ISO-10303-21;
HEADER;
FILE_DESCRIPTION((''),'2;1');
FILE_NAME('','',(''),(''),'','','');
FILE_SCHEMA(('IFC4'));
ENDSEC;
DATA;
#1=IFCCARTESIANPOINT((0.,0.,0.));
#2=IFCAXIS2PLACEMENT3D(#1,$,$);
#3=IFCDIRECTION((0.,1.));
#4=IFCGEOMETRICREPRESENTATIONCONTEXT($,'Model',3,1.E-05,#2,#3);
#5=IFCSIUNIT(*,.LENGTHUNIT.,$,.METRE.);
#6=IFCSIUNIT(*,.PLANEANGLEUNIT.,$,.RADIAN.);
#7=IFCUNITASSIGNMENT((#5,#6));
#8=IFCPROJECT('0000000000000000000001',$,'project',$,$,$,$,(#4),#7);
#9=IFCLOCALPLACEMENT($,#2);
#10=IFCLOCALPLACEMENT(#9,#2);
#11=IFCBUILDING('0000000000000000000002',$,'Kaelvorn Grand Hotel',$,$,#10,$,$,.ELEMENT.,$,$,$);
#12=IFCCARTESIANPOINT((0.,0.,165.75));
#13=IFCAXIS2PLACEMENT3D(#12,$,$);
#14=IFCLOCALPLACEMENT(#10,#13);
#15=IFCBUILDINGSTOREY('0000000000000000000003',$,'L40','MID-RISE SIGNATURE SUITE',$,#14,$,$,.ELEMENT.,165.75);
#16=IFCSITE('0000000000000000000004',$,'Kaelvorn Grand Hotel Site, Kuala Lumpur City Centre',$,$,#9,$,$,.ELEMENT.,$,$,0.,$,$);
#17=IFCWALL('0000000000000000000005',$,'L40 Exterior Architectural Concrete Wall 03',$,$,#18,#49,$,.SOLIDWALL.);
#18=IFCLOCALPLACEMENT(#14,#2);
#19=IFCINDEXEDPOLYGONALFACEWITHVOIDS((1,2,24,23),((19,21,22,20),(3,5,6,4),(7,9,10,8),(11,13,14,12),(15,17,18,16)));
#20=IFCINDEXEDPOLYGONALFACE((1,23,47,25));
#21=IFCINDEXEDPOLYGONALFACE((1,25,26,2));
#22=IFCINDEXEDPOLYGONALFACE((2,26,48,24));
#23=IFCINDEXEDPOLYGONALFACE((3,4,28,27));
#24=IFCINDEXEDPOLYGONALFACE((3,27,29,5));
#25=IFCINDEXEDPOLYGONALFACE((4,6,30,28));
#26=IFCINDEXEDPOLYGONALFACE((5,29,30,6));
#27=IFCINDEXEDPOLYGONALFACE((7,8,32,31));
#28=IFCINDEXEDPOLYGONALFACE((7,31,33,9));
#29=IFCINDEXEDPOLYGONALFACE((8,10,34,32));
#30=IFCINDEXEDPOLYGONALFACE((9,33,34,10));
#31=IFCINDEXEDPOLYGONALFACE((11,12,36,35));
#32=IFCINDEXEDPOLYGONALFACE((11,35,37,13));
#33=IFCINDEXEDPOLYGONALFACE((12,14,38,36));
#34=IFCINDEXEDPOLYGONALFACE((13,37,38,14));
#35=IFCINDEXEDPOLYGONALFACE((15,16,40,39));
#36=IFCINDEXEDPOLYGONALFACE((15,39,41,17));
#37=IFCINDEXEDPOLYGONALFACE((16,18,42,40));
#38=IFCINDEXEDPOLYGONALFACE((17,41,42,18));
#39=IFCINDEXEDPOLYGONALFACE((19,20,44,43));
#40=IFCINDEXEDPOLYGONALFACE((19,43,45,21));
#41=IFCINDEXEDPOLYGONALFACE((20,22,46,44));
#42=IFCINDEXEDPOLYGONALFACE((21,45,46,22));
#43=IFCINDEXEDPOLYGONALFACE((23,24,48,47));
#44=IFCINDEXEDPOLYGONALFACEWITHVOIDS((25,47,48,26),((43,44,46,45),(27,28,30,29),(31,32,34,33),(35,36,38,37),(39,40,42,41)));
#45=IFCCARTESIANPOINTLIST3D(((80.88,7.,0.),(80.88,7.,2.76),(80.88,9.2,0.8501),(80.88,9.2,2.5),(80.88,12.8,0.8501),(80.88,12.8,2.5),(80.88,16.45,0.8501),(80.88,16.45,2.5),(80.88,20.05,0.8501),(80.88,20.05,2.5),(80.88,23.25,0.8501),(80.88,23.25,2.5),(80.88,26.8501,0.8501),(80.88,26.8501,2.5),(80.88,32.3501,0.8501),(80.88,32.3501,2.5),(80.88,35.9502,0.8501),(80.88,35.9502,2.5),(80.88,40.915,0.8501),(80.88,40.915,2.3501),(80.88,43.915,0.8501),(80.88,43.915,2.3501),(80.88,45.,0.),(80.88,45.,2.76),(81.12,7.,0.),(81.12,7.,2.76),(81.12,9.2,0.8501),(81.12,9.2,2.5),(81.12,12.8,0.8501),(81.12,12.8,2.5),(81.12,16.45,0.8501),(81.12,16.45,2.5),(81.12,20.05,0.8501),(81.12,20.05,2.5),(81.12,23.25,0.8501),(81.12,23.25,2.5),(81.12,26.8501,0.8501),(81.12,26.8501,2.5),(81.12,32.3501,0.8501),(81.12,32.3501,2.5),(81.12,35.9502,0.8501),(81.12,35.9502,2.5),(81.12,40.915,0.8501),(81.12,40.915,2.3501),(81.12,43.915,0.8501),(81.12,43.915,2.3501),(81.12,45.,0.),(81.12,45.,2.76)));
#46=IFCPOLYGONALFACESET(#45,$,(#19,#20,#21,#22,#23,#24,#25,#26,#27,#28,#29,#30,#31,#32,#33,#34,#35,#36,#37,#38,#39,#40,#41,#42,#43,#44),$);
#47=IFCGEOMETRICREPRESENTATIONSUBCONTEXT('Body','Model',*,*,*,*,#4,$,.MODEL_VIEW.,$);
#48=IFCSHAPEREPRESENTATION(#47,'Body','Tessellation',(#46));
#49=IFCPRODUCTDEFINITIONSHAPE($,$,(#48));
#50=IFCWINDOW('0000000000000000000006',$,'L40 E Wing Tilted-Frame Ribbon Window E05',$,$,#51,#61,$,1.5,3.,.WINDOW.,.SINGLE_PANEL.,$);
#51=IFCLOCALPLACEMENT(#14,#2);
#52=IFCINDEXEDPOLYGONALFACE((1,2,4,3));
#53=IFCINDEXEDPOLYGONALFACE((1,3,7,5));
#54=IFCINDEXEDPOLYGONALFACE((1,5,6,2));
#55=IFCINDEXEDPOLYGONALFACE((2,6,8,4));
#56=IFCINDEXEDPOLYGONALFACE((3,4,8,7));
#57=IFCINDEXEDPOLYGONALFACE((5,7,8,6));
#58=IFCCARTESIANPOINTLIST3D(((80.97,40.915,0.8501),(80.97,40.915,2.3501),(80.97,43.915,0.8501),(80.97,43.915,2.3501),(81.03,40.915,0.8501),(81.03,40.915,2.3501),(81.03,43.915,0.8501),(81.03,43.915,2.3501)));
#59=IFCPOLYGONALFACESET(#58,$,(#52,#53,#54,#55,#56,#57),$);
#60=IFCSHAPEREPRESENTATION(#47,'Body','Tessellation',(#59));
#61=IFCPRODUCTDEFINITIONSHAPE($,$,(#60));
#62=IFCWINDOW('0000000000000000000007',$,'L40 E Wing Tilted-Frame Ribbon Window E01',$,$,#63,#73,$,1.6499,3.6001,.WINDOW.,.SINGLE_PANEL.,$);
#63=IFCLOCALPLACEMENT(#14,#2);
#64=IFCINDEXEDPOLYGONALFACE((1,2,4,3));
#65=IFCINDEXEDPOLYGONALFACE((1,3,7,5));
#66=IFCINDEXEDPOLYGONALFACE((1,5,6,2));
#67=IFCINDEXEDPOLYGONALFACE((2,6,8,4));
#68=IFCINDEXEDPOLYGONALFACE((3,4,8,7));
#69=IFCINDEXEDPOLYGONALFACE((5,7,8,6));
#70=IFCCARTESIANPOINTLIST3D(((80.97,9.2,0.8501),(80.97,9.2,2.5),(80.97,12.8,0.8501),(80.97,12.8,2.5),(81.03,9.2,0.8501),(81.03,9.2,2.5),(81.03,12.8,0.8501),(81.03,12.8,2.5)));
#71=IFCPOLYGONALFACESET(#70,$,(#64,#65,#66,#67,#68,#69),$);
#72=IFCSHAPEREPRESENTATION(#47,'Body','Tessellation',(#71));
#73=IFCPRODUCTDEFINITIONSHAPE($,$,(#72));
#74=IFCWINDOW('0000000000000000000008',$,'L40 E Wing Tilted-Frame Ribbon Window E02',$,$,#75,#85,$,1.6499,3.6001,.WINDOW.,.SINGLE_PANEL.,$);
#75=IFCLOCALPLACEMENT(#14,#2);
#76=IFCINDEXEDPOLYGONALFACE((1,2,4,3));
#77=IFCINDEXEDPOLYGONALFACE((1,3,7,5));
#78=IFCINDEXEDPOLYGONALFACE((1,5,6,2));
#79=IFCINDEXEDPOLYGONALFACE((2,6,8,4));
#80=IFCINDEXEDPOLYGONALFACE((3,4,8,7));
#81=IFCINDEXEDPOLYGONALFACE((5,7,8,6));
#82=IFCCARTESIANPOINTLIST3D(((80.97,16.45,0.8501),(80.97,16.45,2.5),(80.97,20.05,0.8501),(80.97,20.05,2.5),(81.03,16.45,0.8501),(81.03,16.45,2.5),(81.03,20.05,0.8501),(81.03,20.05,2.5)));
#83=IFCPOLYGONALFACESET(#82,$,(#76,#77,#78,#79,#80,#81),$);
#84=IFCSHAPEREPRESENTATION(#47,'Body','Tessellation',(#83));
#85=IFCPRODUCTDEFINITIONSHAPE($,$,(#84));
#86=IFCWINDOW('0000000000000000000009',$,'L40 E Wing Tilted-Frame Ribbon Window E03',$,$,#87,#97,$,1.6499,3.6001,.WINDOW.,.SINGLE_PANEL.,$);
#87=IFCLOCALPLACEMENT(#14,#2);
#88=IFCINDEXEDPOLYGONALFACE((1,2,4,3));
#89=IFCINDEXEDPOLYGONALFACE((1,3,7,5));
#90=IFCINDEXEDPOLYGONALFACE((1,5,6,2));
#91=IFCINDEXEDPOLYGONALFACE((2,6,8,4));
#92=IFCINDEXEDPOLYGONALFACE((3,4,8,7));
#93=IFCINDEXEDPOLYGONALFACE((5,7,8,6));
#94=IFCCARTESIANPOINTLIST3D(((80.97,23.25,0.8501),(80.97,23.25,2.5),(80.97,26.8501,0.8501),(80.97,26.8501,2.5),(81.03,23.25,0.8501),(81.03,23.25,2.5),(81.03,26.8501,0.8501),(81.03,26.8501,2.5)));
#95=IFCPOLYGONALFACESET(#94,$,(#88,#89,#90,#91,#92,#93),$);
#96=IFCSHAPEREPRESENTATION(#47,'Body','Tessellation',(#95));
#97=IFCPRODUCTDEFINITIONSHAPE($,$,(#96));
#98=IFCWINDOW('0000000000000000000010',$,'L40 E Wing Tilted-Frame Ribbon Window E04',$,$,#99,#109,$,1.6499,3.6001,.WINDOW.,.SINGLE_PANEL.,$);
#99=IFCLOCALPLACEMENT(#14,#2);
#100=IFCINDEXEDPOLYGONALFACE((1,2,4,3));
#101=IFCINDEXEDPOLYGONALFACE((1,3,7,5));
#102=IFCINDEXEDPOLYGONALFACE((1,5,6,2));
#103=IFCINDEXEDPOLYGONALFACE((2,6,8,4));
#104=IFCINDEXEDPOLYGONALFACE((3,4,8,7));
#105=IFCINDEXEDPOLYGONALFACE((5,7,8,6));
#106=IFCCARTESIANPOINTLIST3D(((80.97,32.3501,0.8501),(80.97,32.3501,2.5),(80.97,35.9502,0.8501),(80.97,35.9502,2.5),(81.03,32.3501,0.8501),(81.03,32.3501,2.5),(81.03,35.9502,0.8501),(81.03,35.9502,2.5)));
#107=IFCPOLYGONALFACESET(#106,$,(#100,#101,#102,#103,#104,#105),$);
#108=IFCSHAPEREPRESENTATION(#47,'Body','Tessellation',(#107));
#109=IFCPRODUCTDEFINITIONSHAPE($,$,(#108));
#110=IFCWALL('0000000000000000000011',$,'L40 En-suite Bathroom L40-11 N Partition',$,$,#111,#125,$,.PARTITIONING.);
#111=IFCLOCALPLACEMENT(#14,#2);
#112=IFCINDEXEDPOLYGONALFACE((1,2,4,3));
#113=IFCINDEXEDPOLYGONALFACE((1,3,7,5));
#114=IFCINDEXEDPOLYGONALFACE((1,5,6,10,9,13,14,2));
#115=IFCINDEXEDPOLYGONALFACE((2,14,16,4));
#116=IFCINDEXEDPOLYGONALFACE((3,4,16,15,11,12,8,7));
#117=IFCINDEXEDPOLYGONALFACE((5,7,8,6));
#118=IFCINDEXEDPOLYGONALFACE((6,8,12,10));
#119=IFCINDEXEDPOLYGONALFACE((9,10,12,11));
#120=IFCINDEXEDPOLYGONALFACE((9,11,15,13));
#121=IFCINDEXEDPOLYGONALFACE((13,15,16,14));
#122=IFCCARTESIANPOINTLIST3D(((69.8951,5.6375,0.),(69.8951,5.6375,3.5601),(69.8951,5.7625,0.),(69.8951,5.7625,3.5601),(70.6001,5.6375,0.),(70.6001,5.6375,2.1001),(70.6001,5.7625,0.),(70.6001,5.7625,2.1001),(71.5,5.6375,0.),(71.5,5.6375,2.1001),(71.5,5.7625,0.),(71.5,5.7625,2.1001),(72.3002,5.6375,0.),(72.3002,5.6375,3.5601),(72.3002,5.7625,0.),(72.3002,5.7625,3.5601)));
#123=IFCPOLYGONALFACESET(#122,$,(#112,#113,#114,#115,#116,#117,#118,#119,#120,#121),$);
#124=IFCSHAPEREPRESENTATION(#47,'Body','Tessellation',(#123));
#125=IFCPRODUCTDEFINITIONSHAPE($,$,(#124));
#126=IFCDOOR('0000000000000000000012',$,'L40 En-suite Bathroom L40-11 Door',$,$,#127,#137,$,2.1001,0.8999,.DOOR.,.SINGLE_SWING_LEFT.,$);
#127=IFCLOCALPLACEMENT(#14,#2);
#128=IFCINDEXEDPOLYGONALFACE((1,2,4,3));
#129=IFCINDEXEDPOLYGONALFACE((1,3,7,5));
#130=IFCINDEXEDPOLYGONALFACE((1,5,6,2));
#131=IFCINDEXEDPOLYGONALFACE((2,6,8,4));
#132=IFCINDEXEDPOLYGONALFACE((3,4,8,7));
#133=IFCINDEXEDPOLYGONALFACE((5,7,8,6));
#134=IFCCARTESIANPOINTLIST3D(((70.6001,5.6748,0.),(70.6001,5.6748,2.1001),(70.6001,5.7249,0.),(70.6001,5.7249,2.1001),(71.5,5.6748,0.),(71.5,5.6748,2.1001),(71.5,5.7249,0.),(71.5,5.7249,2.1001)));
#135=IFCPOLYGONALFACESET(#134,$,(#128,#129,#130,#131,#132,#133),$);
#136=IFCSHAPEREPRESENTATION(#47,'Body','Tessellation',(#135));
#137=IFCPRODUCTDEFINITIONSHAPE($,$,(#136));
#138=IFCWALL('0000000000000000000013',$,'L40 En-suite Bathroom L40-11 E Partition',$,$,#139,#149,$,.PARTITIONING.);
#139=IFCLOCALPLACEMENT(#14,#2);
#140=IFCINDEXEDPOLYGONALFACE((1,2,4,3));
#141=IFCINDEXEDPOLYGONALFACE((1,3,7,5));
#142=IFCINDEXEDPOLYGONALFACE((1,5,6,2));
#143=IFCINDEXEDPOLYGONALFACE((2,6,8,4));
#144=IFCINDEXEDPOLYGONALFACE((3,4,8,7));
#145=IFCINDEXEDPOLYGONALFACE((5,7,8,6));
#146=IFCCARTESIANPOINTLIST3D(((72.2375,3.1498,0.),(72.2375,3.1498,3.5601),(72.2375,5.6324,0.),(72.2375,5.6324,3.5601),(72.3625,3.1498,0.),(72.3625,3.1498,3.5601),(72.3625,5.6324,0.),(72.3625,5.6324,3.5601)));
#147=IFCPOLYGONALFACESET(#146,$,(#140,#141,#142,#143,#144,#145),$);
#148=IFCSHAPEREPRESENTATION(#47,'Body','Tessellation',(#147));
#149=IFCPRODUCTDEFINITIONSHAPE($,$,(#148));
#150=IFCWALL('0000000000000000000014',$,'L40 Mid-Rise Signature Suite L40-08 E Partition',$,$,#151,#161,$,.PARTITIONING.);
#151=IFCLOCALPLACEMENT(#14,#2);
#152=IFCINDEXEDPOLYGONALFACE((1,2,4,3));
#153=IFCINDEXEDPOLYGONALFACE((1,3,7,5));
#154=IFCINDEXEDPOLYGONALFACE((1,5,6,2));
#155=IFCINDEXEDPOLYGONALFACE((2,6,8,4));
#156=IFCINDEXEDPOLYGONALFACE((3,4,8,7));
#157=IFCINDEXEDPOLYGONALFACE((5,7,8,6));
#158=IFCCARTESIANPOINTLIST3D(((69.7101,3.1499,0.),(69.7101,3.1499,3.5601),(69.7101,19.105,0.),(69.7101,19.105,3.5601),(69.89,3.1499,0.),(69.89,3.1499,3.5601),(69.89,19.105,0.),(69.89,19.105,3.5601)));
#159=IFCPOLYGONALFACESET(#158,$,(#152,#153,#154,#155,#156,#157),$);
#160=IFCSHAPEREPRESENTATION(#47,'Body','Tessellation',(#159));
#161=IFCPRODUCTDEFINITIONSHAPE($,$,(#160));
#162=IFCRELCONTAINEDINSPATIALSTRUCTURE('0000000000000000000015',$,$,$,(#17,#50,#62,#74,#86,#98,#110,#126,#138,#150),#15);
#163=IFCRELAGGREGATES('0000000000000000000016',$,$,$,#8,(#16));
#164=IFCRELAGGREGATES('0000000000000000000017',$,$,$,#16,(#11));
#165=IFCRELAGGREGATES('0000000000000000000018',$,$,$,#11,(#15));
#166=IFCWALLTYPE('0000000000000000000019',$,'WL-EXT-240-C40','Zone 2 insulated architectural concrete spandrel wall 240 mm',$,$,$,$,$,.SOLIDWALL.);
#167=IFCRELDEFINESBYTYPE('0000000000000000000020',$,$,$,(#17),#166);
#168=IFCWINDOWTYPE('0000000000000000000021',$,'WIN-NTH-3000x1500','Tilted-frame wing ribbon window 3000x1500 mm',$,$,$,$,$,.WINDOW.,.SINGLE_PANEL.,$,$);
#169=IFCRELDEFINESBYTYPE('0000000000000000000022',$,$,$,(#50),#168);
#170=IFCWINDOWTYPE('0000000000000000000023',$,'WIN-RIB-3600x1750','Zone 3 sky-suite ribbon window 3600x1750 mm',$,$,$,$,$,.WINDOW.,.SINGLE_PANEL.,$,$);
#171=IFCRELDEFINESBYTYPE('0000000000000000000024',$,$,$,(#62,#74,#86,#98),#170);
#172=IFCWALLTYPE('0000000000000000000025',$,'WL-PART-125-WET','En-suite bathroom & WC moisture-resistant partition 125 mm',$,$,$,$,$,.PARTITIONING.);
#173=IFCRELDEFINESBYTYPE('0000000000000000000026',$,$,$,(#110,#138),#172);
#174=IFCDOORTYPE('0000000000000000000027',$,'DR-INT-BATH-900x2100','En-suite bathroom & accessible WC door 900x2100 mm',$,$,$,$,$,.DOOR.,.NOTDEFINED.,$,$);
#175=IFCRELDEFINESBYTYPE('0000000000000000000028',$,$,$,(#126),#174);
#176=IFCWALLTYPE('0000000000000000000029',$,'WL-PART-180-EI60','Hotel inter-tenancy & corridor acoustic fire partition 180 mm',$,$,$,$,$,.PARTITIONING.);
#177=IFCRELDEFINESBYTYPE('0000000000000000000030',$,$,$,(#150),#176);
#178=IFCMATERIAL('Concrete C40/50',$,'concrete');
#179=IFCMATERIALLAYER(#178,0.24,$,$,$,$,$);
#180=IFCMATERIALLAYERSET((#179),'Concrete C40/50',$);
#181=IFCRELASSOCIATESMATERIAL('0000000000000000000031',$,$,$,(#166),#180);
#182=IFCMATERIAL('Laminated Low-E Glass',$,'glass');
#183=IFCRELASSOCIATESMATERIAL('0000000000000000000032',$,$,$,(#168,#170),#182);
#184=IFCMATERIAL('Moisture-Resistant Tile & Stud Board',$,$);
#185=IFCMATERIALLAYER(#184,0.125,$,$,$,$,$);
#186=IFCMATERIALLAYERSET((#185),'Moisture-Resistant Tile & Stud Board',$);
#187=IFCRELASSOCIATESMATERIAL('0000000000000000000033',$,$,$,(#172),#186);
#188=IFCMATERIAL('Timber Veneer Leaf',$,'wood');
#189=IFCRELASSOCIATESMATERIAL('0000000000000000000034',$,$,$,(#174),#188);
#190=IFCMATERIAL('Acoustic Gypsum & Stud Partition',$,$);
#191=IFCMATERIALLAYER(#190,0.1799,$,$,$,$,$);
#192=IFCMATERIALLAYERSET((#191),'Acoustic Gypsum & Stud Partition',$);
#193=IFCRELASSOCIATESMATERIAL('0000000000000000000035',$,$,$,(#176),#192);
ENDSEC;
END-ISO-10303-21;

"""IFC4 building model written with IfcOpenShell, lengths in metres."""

from ifc_helpers import new_model, si_unit, direction, frame, frame_2d, origin, place, context, subcontext, project, spatial, rectangle, extrude, material, layer, layer_set, type_object, element, fill, save


model = new_model("IFC4")

# Units and contexts
model_context = context("Model", 3, precision=1e-05, world=origin(), true_north=direction((0.0, 1.0)))
body_context = subcontext(model_context, "Body", "Model", "MODEL_VIEW")
ifc_project = project(units=[si_unit("LENGTHUNIT", "METRE"), si_unit("PLANEANGLEUNIT", "RADIAN")], contexts=[model_context])

# Site, building, storey
site_placement = place(None, origin())
site = spatial("IfcSite", under=ifc_project, at=site_placement, Name="Kaelvorn Grand Hotel Site, Kuala Lumpur City Centre", CompositionType="ELEMENT", RefElevation=0.0)
building_placement = place(site_placement, origin())
building = spatial("IfcBuilding", under=site, at=building_placement, Name="Kaelvorn Grand Hotel", CompositionType="ELEMENT")
storey_placement = place(building_placement, frame((0.0, 0.0, 165.75)))
storey = spatial("IfcBuildingStorey", under=building, at=storey_placement, Name="L40", Description="MID-RISE SIGNATURE SUITE", CompositionType="ELEMENT", Elevation=165.75)

# Shared definitions
ifc_material_1 = material(Name="Concrete C40/50", Category="concrete")

# Shared definitions
ifc_layer_1 = layer(ifc_material_1, 0.24)
ifc_layer_set_1 = layer_set([ifc_layer_1], Name="Concrete C40/50")
wall_type_1 = type_object("IfcWallType", Name="WL-EXT-240-C40", Description="Zone 2 insulated architectural concrete spandrel wall 240 mm", PredefinedType="SOLIDWALL", material=ifc_layer_set_1)
ifc_material_2 = material(Name="Laminated Low-E Glass", Category="glass")

# Wall, openings, windows
wall_1_placement = place(storey_placement, frame((81.0, 7.0, 0.0), z_axis=(0.0, 0.0, 1.0), x_axis=(0.0, 1.0, 0.0)))
wall_1 = element("IfcWall", 1, at=wall_1_placement, inside=storey, type_object=wall_type_1, Name="L40 Exterior Architectural Concrete Wall 03", PredefinedType="SOLIDWALL", context=body_context, shape_type="SweptSolid", body=[
    extrude(rectangle(XDim=38.0, YDim=0.24, at=frame_2d((19.0, 0.0))), origin(), (0.0, 0.0, 1.0), 2.76),
])
opening_1_placement = place(wall_1_placement, frame((2.2, 0.0, 0.8501)))
opening_1 = element("IfcOpeningElement", 2, at=opening_1_placement, cuts=wall_1, PredefinedType="OPENING", context=body_context, shape_type="SweptSolid", body=[
    extrude(rectangle(XDim=3.6001, YDim=1.6499, at=frame_2d((1.8, 0.825))), frame((0.0, 0.1299, 0.0), z_axis=(0.0, -1.0, 0.0), x_axis=(1.0, 0.0, 0.0)), (0.0, 0.0, 1.0), 0.26),
])
opening_2_placement = place(wall_1_placement, frame((9.45, 0.0, 0.8501)))
opening_2 = element("IfcOpeningElement", 3, at=opening_2_placement, cuts=wall_1, PredefinedType="OPENING", context=body_context, shape_type="SweptSolid", body=[
    extrude(rectangle(XDim=3.6001, YDim=1.6499, at=frame_2d((1.8, 0.825))), frame((0.0, 0.1299, 0.0), z_axis=(0.0, -1.0, 0.0), x_axis=(1.0, 0.0, 0.0)), (0.0, 0.0, 1.0), 0.26),
])
opening_3_placement = place(wall_1_placement, frame((16.25, 0.0, 0.8501)))
opening_3 = element("IfcOpeningElement", 4, at=opening_3_placement, cuts=wall_1, PredefinedType="OPENING", context=body_context, shape_type="SweptSolid", body=[
    extrude(rectangle(XDim=3.6001, YDim=1.6499, at=frame_2d((1.8, 0.825))), frame((0.0, 0.1299, 0.0), z_axis=(0.0, -1.0, 0.0), x_axis=(1.0, 0.0, 0.0)), (0.0, 0.0, 1.0), 0.26),
])
opening_4_placement = place(wall_1_placement, frame((25.3501, 0.0, 0.8501)))
opening_4 = element("IfcOpeningElement", 5, at=opening_4_placement, cuts=wall_1, PredefinedType="OPENING", context=body_context, shape_type="SweptSolid", body=[
    extrude(rectangle(XDim=3.6001, YDim=1.6499, at=frame_2d((1.8, 0.825))), frame((0.0, 0.1299, 0.0), z_axis=(0.0, -1.0, 0.0), x_axis=(1.0, 0.0, 0.0)), (0.0, 0.0, 1.0), 0.26),
])
opening_5_placement = place(wall_1_placement, frame((33.915, 0.0, 0.8501)))
opening_5 = element("IfcOpeningElement", 6, at=opening_5_placement, cuts=wall_1, PredefinedType="OPENING", context=body_context, shape_type="SweptSolid", body=[
    extrude(rectangle(XDim=3.0, YDim=1.5, at=frame_2d((1.5, 0.75))), frame((0.0, 0.1299, 0.0), z_axis=(0.0, -1.0, 0.0), x_axis=(1.0, 0.0, 0.0)), (0.0, 0.0, 1.0), 0.26),
])
window_type_1 = type_object("IfcWindowType", Name="WIN-NTH-3000x1500", Description="Tilted-frame wing ribbon window 3000x1500 mm", PartitioningType="SINGLE_PANEL", PredefinedType="WINDOW", material=ifc_material_2)
window_1_placement = place(opening_5_placement, origin())
window_1 = element("IfcWindow", 7, at=window_1_placement, inside=storey, type_object=window_type_1, Name="L40 E Wing Tilted-Frame Ribbon Window E05", OverallHeight=1.5, OverallWidth=3.0, PartitioningType="SINGLE_PANEL", PredefinedType="WINDOW", context=body_context, shape_type="SweptSolid", body=[
    extrude(rectangle(XDim=3.0, YDim=1.5, at=frame_2d((1.5, 0.75))), frame((0.0, 0.03, 0.0), z_axis=(0.0, -1.0, 0.0), x_axis=(1.0, 0.0, 0.0)), (0.0, 0.0, 1.0), 0.0601),
])
fill(opening_5, window_1)
window_type_2 = type_object("IfcWindowType", Name="WIN-RIB-3600x1750", Description="Zone 3 sky-suite ribbon window 3600x1750 mm", PartitioningType="SINGLE_PANEL", PredefinedType="WINDOW", material=ifc_material_2)
window_2_placement = place(opening_1_placement, origin())
window_2 = element("IfcWindow", 8, at=window_2_placement, inside=storey, type_object=window_type_2, Name="L40 E Wing Tilted-Frame Ribbon Window E01", OverallHeight=1.6499, OverallWidth=3.6001, PartitioningType="SINGLE_PANEL", PredefinedType="WINDOW", context=body_context, shape_type="SweptSolid", body=[
    extrude(rectangle(XDim=3.6001, YDim=1.6499, at=frame_2d((1.8, 0.825))), frame((0.0, 0.03, 0.0), z_axis=(0.0, -1.0, 0.0), x_axis=(1.0, 0.0, 0.0)), (0.0, 0.0, 1.0), 0.0601),
])
fill(opening_1, window_2)
window_3_placement = place(opening_2_placement, origin())
window_3 = element("IfcWindow", 9, at=window_3_placement, inside=storey, type_object=window_type_2, Name="L40 E Wing Tilted-Frame Ribbon Window E02", OverallHeight=1.6499, OverallWidth=3.6001, PartitioningType="SINGLE_PANEL", PredefinedType="WINDOW", context=body_context, shape_type="SweptSolid", body=[
    extrude(rectangle(XDim=3.6001, YDim=1.6499, at=frame_2d((1.8, 0.825))), frame((0.0, 0.03, 0.0), z_axis=(0.0, -1.0, 0.0), x_axis=(1.0, 0.0, 0.0)), (0.0, 0.0, 1.0), 0.0601),
])
fill(opening_2, window_3)
window_4_placement = place(opening_3_placement, origin())
window_4 = element("IfcWindow", 10, at=window_4_placement, inside=storey, type_object=window_type_2, Name="L40 E Wing Tilted-Frame Ribbon Window E03", OverallHeight=1.6499, OverallWidth=3.6001, PartitioningType="SINGLE_PANEL", PredefinedType="WINDOW", context=body_context, shape_type="SweptSolid", body=[
    extrude(rectangle(XDim=3.6001, YDim=1.6499, at=frame_2d((1.8, 0.825))), frame((0.0, 0.03, 0.0), z_axis=(0.0, -1.0, 0.0), x_axis=(1.0, 0.0, 0.0)), (0.0, 0.0, 1.0), 0.0601),
])
fill(opening_3, window_4)
window_5_placement = place(opening_4_placement, origin())
window_5 = element("IfcWindow", 11, at=window_5_placement, inside=storey, type_object=window_type_2, Name="L40 E Wing Tilted-Frame Ribbon Window E04", OverallHeight=1.6499, OverallWidth=3.6001, PartitioningType="SINGLE_PANEL", PredefinedType="WINDOW", context=body_context, shape_type="SweptSolid", body=[
    extrude(rectangle(XDim=3.6001, YDim=1.6499, at=frame_2d((1.8, 0.825))), frame((0.0, 0.03, 0.0), z_axis=(0.0, -1.0, 0.0), x_axis=(1.0, 0.0, 0.0)), (0.0, 0.0, 1.0), 0.0601),
])
fill(opening_4, window_5)

# Wall, opening, door
ifc_material_3 = material(Name="Moisture-Resistant Tile & Stud Board")
ifc_layer_2 = layer(ifc_material_3, 0.125)
ifc_layer_set_2 = layer_set([ifc_layer_2], Name="Moisture-Resistant Tile & Stud Board")
wall_type_2 = type_object("IfcWallType", Name="WL-PART-125-WET", Description="En-suite bathroom & WC moisture-resistant partition 125 mm", PredefinedType="PARTITIONING", material=ifc_layer_set_2)
wall_2_placement = place(storey_placement, frame((69.895, 5.7, 0.0), z_axis=(0.0, 0.0, 1.0), x_axis=(1.0, 0.0, 0.0)))
wall_2 = element("IfcWall", 12, at=wall_2_placement, inside=storey, type_object=wall_type_2, Name="L40 En-suite Bathroom L40-11 N Partition", PredefinedType="PARTITIONING", context=body_context, shape_type="SweptSolid", body=[
    extrude(rectangle(XDim=2.405, YDim=0.125, at=frame_2d((1.2026, 0.0))), origin(), (0.0, 0.0, 1.0), 3.5601),
])
opening_6_placement = place(wall_2_placement, frame((0.7051, 0.0, 0.0)))
opening_6 = element("IfcOpeningElement", 13, at=opening_6_placement, cuts=wall_2, PredefinedType="OPENING", context=body_context, shape_type="SweptSolid", body=[
    extrude(rectangle(XDim=0.8999, YDim=2.1001, at=frame_2d((0.45, 1.05))), frame((0.0, 0.0725, 0.0), z_axis=(0.0, -1.0, 0.0), x_axis=(1.0, 0.0, 0.0)), (0.0, 0.0, 1.0), 0.145),
])
ifc_material_4 = material(Name="Timber Veneer Leaf", Category="wood")
door_type = type_object("IfcDoorType", Name="DR-INT-BATH-900x2100", Description="En-suite bathroom & accessible WC door 900x2100 mm", OperationType="NOTDEFINED", PredefinedType="DOOR", material=ifc_material_4)
door_placement = place(opening_6_placement, origin())
door = element("IfcDoor", 14, at=door_placement, inside=storey, type_object=door_type, Name="L40 En-suite Bathroom L40-11 Door", OperationType="SINGLE_SWING_LEFT", OverallHeight=2.1001, OverallWidth=0.8999, PredefinedType="DOOR", context=body_context, shape_type="SweptSolid", body=[
    extrude(rectangle(XDim=0.8999, YDim=2.1001, at=frame_2d((0.45, 1.05))), frame((0.0, 0.0249, 0.0), z_axis=(0.0, -1.0, 0.0), x_axis=(1.0, 0.0, 0.0)), (0.0, 0.0, 1.0), 0.05),
])
fill(opening_6, door)

# Walls
wall_3_placement = place(storey_placement, frame((72.3, 3.1499, 0.0), z_axis=(0.0, 0.0, 1.0), x_axis=(0.0, 1.0, 0.0)))
element("IfcWall", 15, at=wall_3_placement, inside=storey, type_object=wall_type_2, Name="L40 En-suite Bathroom L40-11 E Partition", PredefinedType="PARTITIONING", context=body_context, shape_type="SweptSolid", body=[
    extrude(rectangle(XDim=2.4827, YDim=0.125, at=frame_2d((1.2412, 0.0))), origin(), (0.0, 0.0, 1.0), 3.5601),
])
ifc_material_5 = material(Name="Acoustic Gypsum & Stud Partition")
ifc_layer_3 = layer(ifc_material_5, 0.1799)
ifc_layer_set_3 = layer_set([ifc_layer_3], Name="Acoustic Gypsum & Stud Partition")
wall_type_3 = type_object("IfcWallType", Name="WL-PART-180-EI60", Description="Hotel inter-tenancy & corridor acoustic fire partition 180 mm", PredefinedType="PARTITIONING", material=ifc_layer_set_3)
wall_4_placement = place(storey_placement, frame((69.8, 3.1499, 0.0), z_axis=(0.0, 0.0, 1.0), x_axis=(0.0, 1.0, 0.0)))
element("IfcWall", 16, at=wall_4_placement, inside=storey, type_object=wall_type_3, Name="L40 Mid-Rise Signature Suite L40-08 E Partition", PredefinedType="PARTITIONING", context=body_context, shape_type="SweptSolid", body=[
    extrude(rectangle(XDim=15.9551, YDim=0.1799, at=frame_2d((7.9775, 0.0))), origin(), (0.0, 0.0, 1.0), 3.5601),
])

save(model, "model.ifc")
